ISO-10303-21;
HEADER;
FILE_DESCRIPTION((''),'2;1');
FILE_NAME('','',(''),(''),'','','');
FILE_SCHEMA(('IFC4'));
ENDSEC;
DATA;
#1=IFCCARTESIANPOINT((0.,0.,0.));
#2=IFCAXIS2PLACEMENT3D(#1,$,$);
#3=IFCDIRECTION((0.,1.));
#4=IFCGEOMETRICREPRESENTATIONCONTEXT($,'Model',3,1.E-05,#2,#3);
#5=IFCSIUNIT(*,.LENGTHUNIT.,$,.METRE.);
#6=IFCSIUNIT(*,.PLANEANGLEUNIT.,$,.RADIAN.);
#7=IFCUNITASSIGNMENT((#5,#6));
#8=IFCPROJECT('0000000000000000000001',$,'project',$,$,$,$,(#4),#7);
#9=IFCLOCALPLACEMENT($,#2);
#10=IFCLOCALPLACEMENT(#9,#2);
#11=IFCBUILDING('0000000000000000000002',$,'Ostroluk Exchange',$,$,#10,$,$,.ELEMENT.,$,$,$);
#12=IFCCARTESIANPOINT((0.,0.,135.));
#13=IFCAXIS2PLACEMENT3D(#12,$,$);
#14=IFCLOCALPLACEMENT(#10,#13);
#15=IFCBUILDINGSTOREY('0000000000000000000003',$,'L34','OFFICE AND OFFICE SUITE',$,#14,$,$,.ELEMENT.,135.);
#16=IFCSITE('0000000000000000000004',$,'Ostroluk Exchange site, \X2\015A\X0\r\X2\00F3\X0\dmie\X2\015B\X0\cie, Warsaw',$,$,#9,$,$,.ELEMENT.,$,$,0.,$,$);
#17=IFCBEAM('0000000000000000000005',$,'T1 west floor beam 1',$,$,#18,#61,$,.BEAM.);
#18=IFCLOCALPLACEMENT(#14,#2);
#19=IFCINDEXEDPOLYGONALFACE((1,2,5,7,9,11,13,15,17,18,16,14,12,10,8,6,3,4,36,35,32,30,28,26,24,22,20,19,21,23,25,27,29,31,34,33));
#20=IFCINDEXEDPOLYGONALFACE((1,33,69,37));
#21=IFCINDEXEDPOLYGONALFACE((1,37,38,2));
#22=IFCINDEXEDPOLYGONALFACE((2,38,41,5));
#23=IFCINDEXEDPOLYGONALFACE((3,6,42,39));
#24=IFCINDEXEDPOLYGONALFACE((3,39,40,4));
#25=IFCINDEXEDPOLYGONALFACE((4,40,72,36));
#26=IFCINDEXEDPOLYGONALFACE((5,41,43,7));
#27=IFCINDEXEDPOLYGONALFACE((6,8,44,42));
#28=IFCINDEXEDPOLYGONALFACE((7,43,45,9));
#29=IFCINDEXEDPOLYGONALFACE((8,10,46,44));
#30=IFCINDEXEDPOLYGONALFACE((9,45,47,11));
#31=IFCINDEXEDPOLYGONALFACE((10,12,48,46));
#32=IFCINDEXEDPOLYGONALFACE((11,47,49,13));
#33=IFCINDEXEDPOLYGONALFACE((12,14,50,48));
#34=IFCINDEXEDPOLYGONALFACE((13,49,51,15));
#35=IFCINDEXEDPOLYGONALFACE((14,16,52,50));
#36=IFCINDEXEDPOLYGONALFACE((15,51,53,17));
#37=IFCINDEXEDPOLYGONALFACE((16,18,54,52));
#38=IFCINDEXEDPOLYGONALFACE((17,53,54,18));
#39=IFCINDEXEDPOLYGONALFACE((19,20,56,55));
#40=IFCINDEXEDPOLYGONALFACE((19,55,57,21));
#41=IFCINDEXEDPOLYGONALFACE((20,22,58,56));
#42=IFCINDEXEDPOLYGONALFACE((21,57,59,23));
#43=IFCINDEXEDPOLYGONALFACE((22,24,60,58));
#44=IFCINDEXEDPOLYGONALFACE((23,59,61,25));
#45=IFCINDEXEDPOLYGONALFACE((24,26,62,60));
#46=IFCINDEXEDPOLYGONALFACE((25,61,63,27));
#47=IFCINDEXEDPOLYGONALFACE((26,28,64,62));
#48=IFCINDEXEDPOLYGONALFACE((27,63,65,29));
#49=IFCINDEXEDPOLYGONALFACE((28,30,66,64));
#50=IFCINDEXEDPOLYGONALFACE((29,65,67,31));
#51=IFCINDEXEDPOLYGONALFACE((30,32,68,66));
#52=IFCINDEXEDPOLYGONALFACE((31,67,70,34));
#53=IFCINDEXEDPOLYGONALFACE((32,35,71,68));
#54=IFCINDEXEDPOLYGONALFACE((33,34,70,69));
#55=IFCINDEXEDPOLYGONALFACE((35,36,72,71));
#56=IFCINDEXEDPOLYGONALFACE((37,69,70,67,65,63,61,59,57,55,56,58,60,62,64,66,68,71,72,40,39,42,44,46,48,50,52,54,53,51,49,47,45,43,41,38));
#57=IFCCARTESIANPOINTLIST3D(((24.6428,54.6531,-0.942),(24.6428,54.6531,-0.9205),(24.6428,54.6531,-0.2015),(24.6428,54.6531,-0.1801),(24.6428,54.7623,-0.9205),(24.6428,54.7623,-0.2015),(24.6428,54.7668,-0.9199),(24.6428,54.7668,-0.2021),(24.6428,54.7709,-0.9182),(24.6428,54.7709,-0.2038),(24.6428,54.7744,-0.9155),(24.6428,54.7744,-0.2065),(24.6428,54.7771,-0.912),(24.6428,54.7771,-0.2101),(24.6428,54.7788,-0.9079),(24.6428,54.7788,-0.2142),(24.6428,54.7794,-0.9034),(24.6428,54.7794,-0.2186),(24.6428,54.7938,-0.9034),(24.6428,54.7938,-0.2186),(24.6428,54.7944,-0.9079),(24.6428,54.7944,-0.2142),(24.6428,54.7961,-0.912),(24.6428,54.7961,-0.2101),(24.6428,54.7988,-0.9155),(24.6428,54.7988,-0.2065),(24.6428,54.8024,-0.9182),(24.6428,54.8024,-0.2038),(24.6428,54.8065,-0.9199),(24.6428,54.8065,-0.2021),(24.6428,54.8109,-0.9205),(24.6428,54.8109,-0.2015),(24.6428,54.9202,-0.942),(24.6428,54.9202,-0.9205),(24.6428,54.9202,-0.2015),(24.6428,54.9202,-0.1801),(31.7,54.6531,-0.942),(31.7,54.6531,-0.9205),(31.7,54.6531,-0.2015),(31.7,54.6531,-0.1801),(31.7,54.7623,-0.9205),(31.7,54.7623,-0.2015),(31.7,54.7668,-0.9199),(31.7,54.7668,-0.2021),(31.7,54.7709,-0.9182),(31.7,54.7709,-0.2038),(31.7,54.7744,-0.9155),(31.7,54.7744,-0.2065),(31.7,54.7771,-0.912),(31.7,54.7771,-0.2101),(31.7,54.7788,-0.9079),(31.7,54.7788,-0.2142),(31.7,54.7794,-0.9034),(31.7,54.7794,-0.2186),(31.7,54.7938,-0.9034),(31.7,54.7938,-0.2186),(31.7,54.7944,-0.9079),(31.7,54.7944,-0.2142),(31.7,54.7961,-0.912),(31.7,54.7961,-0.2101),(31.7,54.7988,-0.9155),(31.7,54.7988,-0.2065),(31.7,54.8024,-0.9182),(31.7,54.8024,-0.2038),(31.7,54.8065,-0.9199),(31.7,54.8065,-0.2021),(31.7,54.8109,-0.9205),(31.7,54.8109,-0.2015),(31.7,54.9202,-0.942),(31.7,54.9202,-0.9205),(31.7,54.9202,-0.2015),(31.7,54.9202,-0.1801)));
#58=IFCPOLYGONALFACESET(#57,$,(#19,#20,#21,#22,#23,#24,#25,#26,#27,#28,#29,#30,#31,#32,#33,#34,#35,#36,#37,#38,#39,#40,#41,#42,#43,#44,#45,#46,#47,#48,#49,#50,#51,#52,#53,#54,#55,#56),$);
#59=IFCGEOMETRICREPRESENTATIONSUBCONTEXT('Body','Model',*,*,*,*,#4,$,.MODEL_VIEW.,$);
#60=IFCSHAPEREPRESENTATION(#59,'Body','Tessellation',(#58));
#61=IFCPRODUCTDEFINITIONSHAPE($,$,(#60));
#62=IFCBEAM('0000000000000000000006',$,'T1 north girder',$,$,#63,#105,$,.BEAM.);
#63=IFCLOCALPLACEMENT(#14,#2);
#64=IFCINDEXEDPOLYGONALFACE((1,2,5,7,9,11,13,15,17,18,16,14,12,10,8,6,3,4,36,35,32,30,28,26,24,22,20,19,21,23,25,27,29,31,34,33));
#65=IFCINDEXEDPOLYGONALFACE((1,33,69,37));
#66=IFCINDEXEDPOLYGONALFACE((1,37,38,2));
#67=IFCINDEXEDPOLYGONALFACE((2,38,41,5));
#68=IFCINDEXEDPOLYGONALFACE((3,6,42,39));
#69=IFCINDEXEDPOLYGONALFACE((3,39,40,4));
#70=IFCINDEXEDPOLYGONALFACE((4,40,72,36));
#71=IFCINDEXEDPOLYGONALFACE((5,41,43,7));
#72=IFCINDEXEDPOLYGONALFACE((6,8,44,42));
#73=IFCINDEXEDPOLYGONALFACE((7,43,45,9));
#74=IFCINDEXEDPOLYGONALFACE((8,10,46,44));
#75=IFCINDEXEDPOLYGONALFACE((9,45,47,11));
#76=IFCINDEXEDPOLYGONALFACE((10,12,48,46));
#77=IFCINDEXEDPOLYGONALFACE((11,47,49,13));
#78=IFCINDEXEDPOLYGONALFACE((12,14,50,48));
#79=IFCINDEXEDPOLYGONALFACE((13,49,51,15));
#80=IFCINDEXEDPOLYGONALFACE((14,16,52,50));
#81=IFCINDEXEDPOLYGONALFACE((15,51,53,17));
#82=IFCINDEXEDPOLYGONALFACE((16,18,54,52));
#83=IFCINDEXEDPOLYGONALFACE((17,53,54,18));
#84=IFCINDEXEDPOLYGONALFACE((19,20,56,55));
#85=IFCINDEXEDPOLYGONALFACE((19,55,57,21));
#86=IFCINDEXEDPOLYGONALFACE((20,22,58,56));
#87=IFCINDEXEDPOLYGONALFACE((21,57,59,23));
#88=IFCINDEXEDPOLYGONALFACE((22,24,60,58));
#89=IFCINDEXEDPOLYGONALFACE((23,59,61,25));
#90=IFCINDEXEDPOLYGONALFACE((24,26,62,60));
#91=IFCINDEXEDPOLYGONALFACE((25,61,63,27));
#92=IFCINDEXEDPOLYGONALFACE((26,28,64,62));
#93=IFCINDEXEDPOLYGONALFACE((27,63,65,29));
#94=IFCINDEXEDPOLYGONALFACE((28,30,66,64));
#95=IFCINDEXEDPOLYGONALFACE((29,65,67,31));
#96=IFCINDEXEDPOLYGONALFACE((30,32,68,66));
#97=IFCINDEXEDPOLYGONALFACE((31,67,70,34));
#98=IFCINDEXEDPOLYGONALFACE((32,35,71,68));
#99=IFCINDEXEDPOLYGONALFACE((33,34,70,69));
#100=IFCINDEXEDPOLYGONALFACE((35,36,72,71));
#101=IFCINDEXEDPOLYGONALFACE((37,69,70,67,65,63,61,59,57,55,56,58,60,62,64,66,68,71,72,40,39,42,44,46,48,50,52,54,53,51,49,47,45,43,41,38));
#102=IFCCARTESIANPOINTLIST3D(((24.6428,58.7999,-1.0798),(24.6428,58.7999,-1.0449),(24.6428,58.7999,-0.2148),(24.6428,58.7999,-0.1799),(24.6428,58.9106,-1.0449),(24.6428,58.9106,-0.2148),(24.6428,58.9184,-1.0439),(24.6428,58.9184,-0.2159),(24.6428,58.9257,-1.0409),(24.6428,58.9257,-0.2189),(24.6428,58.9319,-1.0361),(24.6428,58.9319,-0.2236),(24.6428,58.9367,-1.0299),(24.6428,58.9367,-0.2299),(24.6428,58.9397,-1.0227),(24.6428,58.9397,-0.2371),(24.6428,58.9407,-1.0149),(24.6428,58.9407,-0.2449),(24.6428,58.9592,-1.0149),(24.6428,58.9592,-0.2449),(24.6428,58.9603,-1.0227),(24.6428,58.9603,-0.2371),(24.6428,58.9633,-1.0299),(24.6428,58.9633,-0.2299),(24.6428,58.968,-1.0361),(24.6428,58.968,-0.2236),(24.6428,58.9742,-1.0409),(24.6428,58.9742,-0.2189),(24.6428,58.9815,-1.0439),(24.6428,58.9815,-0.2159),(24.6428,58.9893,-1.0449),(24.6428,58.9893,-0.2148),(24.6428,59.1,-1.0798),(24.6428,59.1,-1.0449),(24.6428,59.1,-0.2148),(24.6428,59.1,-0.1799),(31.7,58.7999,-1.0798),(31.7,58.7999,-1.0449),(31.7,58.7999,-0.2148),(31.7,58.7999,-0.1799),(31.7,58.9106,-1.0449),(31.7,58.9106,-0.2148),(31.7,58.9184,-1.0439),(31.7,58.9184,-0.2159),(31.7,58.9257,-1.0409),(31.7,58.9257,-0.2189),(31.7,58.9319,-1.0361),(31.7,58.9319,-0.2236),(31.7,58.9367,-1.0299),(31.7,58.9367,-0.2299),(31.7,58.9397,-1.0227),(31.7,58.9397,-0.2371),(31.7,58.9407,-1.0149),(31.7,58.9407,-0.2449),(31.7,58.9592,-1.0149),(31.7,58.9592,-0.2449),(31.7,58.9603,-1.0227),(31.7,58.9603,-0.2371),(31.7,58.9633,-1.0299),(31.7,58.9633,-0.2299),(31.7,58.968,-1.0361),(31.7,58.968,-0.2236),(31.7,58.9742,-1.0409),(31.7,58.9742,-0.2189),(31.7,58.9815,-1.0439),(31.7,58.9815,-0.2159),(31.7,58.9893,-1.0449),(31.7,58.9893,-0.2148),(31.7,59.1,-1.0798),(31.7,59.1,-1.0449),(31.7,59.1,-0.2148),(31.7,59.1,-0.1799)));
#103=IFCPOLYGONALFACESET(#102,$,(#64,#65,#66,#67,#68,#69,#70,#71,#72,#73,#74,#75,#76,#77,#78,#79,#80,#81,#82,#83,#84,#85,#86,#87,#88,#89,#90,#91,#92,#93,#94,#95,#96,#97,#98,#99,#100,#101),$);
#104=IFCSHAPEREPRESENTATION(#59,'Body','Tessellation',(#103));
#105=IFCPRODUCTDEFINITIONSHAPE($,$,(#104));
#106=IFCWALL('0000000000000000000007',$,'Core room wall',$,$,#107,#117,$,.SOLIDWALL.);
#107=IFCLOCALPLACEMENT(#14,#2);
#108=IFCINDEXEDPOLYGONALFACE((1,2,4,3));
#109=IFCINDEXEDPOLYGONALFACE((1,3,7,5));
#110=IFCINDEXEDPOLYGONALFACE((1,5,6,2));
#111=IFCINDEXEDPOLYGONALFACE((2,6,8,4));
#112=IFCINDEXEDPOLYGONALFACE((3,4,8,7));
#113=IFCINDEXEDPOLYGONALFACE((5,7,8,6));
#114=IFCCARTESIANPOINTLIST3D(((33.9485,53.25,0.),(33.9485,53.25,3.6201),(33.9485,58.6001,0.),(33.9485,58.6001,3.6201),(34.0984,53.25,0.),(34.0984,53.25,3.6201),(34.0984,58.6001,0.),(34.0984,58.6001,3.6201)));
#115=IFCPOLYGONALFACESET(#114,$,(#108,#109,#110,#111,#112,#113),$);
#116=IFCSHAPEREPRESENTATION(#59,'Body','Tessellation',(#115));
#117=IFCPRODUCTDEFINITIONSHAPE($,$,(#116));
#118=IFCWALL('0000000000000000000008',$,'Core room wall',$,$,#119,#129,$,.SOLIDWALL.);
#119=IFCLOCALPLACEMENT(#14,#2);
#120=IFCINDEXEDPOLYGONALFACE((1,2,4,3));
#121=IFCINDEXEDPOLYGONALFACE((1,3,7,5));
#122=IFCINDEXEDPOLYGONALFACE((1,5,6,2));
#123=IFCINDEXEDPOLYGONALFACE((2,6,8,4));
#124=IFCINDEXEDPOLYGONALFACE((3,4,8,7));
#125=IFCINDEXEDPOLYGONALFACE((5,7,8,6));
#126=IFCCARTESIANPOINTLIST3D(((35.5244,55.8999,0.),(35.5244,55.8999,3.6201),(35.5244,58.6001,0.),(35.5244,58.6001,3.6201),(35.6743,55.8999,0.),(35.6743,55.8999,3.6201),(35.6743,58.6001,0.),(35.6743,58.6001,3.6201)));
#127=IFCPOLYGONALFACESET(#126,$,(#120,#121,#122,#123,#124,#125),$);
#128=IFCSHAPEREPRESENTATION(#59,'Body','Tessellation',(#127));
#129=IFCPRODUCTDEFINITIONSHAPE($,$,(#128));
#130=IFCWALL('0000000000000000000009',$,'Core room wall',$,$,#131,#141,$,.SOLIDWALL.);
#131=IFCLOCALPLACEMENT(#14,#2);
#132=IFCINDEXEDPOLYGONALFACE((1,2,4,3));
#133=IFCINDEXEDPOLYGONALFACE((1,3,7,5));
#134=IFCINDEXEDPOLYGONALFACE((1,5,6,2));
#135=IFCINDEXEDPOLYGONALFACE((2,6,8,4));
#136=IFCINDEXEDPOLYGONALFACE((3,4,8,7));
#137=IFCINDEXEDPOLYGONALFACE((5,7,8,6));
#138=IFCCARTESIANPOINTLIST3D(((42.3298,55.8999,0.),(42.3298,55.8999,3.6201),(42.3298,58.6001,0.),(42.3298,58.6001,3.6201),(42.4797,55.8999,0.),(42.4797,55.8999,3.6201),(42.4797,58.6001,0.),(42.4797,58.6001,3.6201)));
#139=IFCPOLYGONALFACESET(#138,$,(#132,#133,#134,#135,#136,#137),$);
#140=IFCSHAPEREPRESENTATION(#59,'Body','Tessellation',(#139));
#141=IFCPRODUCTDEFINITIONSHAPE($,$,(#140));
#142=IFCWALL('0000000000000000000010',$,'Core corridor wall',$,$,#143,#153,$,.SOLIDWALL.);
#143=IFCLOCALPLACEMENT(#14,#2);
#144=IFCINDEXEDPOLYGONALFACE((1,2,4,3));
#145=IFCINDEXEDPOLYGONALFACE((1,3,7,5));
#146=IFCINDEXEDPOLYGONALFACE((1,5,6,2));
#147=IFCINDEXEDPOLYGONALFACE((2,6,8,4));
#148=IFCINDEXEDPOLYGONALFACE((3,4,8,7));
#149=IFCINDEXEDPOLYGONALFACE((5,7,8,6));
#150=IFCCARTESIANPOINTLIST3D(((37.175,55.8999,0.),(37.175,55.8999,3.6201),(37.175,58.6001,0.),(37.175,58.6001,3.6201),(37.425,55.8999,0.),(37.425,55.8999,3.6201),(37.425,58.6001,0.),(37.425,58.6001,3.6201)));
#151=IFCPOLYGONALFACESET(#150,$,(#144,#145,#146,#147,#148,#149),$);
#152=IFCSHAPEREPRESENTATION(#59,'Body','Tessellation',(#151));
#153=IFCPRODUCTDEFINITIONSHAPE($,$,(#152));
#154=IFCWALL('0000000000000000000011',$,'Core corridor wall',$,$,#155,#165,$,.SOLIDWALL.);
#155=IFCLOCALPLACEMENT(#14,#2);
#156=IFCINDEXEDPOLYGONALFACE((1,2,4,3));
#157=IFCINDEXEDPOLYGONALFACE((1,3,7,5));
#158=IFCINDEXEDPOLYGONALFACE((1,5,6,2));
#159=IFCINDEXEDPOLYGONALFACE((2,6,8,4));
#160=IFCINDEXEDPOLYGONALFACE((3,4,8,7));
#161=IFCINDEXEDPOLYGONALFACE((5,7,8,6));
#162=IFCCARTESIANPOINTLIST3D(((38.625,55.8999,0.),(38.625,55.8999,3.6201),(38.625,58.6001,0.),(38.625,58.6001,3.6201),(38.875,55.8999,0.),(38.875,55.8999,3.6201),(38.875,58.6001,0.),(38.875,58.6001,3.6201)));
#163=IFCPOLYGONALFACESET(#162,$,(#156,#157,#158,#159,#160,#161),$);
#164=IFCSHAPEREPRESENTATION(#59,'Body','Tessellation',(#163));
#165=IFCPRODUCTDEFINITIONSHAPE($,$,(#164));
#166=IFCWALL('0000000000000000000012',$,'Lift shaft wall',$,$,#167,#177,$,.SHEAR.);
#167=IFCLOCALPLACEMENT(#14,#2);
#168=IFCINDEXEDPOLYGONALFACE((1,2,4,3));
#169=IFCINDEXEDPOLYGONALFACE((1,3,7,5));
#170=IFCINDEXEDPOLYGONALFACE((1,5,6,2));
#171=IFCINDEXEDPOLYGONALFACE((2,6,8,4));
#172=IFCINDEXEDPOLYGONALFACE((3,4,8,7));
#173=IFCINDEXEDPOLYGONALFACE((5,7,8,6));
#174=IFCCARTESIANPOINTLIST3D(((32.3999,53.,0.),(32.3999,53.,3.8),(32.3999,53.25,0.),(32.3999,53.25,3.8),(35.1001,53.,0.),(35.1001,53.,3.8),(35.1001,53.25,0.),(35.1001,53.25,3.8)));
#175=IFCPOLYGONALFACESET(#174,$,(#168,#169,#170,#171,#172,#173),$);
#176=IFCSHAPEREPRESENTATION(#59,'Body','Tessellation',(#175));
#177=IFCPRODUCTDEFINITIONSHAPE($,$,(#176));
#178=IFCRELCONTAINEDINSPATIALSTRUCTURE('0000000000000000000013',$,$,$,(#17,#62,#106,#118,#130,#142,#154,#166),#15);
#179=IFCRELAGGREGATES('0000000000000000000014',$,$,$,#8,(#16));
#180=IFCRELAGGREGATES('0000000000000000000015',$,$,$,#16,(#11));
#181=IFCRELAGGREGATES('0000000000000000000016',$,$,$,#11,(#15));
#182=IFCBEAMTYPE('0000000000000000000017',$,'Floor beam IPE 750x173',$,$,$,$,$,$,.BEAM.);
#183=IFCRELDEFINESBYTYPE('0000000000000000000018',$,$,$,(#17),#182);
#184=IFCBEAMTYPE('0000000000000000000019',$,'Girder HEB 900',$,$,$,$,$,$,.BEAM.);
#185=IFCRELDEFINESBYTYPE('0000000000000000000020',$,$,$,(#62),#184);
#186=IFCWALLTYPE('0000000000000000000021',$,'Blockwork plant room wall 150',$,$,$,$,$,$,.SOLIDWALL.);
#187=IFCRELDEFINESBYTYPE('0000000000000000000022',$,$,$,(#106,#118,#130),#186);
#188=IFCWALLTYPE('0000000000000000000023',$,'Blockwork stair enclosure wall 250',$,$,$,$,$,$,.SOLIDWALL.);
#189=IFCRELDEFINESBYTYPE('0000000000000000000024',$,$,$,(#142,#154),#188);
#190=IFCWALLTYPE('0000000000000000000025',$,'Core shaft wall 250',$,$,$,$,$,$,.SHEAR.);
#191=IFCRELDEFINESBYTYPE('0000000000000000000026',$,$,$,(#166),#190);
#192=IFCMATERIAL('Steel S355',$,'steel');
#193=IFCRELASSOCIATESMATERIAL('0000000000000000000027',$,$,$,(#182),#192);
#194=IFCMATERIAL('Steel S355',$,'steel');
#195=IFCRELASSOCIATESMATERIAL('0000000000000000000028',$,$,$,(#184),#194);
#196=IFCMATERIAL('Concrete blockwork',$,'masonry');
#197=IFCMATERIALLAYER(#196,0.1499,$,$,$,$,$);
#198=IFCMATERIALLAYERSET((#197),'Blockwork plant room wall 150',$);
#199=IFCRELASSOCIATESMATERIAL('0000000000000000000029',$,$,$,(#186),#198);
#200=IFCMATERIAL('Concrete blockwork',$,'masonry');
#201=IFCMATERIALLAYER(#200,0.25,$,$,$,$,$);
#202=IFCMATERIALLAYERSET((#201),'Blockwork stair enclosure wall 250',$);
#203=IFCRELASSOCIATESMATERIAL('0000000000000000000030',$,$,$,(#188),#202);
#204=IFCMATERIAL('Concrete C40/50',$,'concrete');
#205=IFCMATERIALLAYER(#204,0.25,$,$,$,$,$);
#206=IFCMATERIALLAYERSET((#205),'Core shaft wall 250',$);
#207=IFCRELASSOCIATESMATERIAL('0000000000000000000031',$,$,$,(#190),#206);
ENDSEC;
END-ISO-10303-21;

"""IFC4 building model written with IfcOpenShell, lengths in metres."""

from ifc_helpers import new_model, si_unit, direction, frame, frame_2d, origin, origin_2d, place, context, subcontext, project, spatial, rectangle, i_section, extrude, material, layer, layer_set, material_profile, profile_set, type_object, element, save


model = new_model("IFC4")

# Units and contexts
model_context = context("Model", 3, precision=1e-05, world=origin(), true_north=direction((0.0, 1.0)))
body_context = subcontext(model_context, "Body", "Model", "MODEL_VIEW")
ifc_project = project(units=[si_unit("LENGTHUNIT", "METRE"), si_unit("PLANEANGLEUNIT", "RADIAN")], contexts=[model_context])

# Site, building, storey
site_placement = place(None, origin())
site = spatial("IfcSite", under=ifc_project, at=site_placement, Name="Ostroluk Exchange site, Śródmieście, Warsaw", CompositionType="ELEMENT", RefElevation=0.0)
building_placement = place(site_placement, origin())
building = spatial("IfcBuilding", under=site, at=building_placement, Name="Ostroluk Exchange", CompositionType="ELEMENT")
storey_placement = place(building_placement, frame((0.0, 0.0, 135.0)))
storey = spatial("IfcBuildingStorey", under=building, at=storey_placement, Name="L34", Description="OFFICE AND OFFICE SUITE", CompositionType="ELEMENT", Elevation=135.0)

# Beams
ifc_material_1 = material(Name="Steel S355", Category="steel")
ifc_material_profile_1 = material_profile(ifc_material_1, i_section(OverallWidth=0.2671, OverallDepth=0.762, WebThickness=0.0144, FlangeThickness=0.0215, FilletRadius=0.0171, at=origin_2d()), Name="IPE 750x173")
ifc_profile_set_1 = profile_set([ifc_material_profile_1], Name="Steel S355")
beam_type_1 = type_object("IfcBeamType", Name="Floor beam IPE 750x173", PredefinedType="BEAM", material=ifc_profile_set_1)
beam_1_placement = place(storey_placement, frame((31.7, 54.7866, -0.561), z_axis=(-1.0, 0.0, 0.0), x_axis=(0.0, -1.0, 0.0)))
element("IfcBeam", 1, at=beam_1_placement, inside=storey, type_object=beam_type_1, Name="T1 west floor beam 1", PredefinedType="BEAM", context=body_context, shape_type="SweptSolid", body=[
    extrude(i_section(OverallWidth=0.2671, OverallDepth=0.762, WebThickness=0.0144, FlangeThickness=0.0215, FilletRadius=0.0171, at=origin_2d()), origin(), (0.0, 0.0, 1.0), 7.0571),
])
ifc_material_2 = material(Name="Steel S355", Category="steel")
ifc_material_profile_2 = material_profile(ifc_material_2, i_section(OverallWidth=0.3, OverallDepth=0.8999, WebThickness=0.0186, FlangeThickness=0.0349, FilletRadius=0.03, at=origin_2d()), Name="HEB 900")
ifc_profile_set_2 = profile_set([ifc_material_profile_2], Name="Steel S355")
beam_type_2 = type_object("IfcBeamType", Name="Girder HEB 900", PredefinedType="BEAM", material=ifc_profile_set_2)
beam_2_placement = place(storey_placement, frame((31.7, 58.95, -0.6299), z_axis=(-1.0, 0.0, 0.0), x_axis=(0.0, -1.0, 0.0)))
element("IfcBeam", 2, at=beam_2_placement, inside=storey, type_object=beam_type_2, Name="T1 north girder", PredefinedType="BEAM", context=body_context, shape_type="SweptSolid", body=[
    extrude(i_section(OverallWidth=0.3, OverallDepth=0.8999, WebThickness=0.0186, FlangeThickness=0.0349, FilletRadius=0.03, at=origin_2d()), origin(), (0.0, 0.0, 1.0), 7.0571),
])

# Walls
ifc_material_3 = material(Name="Concrete blockwork", Category="masonry")
ifc_layer_1 = layer(ifc_material_3, 0.1499)
ifc_layer_set_1 = layer_set([ifc_layer_1], Name="Blockwork plant room wall 150")
wall_type_1 = type_object("IfcWallType", Name="Blockwork plant room wall 150", PredefinedType="SOLIDWALL", material=ifc_layer_set_1)
wall_1_placement = place(storey_placement, frame((34.0234, 53.25, 0.0), z_axis=(0.0, 0.0, 1.0), x_axis=(0.0, 1.0, 0.0)))
element("IfcWall", 3, at=wall_1_placement, inside=storey, type_object=wall_type_1, Name="Core room wall", PredefinedType="SOLIDWALL", context=body_context, shape_type="SweptSolid", body=[
    extrude(rectangle(XDim=5.3501, YDim=0.1499, at=frame_2d((2.675, 0.0))), origin(), (0.0, 0.0, 1.0), 3.6201),
])
for number, where, z_axis, x_axis, name in (
    (4, (35.5994, 55.8999, 0.0), (0.0, 0.0, 1.0), (0.0, 1.0, 0.0), "Core room wall"),
    (5, (42.4048, 55.8999, 0.0), (0.0, 0.0, 1.0), (0.0, 1.0, 0.0), "Core room wall"),
):
    element("IfcWall", number, at=place(storey_placement, frame(where, z_axis=z_axis, x_axis=x_axis)), inside=storey, type_object=wall_type_1, Name=name, PredefinedType="SOLIDWALL", context=body_context, shape_type="SweptSolid", body=[
        extrude(rectangle(XDim=2.7002, YDim=0.1499, at=frame_2d((1.3501, 0.0))), origin(), (0.0, 0.0, 1.0), 3.6201),
    ])
ifc_material_4 = material(Name="Concrete blockwork", Category="masonry")
ifc_layer_2 = layer(ifc_material_4, 0.25)
ifc_layer_set_2 = layer_set([ifc_layer_2], Name="Blockwork stair enclosure wall 250")
wall_type_2 = type_object("IfcWallType", Name="Blockwork stair enclosure wall 250", PredefinedType="SOLIDWALL", material=ifc_layer_set_2)
for number, where, z_axis, x_axis, name in (
    (6, (37.3, 55.8999, 0.0), (0.0, 0.0, 1.0), (0.0, 1.0, 0.0), "Core corridor wall"),
    (7, (38.75, 55.8999, 0.0), (0.0, 0.0, 1.0), (0.0, 1.0, 0.0), "Core corridor wall"),
):
    element("IfcWall", number, at=place(storey_placement, frame(where, z_axis=z_axis, x_axis=x_axis)), inside=storey, type_object=wall_type_2, Name=name, PredefinedType="SOLIDWALL", context=body_context, shape_type="SweptSolid", body=[
        extrude(rectangle(XDim=2.7002, YDim=0.25, at=frame_2d((1.3501, 0.0))), origin(), (0.0, 0.0, 1.0), 3.6201),
    ])
ifc_material_5 = material(Name="Concrete C40/50", Category="concrete")
ifc_layer_3 = layer(ifc_material_5, 0.25)
ifc_layer_set_3 = layer_set([ifc_layer_3], Name="Core shaft wall 250")
wall_type_3 = type_object("IfcWallType", Name="Core shaft wall 250", PredefinedType="SHEAR", material=ifc_layer_set_3)
wall_2_placement = place(storey_placement, frame((32.3999, 53.125, 0.0), z_axis=(0.0, 0.0, 1.0), x_axis=(1.0, 0.0, 0.0)))
element("IfcWall", 8, at=wall_2_placement, inside=storey, type_object=wall_type_3, Name="Lift shaft wall", PredefinedType="SHEAR", context=body_context, shape_type="SweptSolid", body=[
    extrude(rectangle(XDim=2.7002, YDim=0.25, at=frame_2d((1.3501, 0.0))), origin(), (0.0, 0.0, 1.0), 3.8),
])

save(model, "model.ifc")
